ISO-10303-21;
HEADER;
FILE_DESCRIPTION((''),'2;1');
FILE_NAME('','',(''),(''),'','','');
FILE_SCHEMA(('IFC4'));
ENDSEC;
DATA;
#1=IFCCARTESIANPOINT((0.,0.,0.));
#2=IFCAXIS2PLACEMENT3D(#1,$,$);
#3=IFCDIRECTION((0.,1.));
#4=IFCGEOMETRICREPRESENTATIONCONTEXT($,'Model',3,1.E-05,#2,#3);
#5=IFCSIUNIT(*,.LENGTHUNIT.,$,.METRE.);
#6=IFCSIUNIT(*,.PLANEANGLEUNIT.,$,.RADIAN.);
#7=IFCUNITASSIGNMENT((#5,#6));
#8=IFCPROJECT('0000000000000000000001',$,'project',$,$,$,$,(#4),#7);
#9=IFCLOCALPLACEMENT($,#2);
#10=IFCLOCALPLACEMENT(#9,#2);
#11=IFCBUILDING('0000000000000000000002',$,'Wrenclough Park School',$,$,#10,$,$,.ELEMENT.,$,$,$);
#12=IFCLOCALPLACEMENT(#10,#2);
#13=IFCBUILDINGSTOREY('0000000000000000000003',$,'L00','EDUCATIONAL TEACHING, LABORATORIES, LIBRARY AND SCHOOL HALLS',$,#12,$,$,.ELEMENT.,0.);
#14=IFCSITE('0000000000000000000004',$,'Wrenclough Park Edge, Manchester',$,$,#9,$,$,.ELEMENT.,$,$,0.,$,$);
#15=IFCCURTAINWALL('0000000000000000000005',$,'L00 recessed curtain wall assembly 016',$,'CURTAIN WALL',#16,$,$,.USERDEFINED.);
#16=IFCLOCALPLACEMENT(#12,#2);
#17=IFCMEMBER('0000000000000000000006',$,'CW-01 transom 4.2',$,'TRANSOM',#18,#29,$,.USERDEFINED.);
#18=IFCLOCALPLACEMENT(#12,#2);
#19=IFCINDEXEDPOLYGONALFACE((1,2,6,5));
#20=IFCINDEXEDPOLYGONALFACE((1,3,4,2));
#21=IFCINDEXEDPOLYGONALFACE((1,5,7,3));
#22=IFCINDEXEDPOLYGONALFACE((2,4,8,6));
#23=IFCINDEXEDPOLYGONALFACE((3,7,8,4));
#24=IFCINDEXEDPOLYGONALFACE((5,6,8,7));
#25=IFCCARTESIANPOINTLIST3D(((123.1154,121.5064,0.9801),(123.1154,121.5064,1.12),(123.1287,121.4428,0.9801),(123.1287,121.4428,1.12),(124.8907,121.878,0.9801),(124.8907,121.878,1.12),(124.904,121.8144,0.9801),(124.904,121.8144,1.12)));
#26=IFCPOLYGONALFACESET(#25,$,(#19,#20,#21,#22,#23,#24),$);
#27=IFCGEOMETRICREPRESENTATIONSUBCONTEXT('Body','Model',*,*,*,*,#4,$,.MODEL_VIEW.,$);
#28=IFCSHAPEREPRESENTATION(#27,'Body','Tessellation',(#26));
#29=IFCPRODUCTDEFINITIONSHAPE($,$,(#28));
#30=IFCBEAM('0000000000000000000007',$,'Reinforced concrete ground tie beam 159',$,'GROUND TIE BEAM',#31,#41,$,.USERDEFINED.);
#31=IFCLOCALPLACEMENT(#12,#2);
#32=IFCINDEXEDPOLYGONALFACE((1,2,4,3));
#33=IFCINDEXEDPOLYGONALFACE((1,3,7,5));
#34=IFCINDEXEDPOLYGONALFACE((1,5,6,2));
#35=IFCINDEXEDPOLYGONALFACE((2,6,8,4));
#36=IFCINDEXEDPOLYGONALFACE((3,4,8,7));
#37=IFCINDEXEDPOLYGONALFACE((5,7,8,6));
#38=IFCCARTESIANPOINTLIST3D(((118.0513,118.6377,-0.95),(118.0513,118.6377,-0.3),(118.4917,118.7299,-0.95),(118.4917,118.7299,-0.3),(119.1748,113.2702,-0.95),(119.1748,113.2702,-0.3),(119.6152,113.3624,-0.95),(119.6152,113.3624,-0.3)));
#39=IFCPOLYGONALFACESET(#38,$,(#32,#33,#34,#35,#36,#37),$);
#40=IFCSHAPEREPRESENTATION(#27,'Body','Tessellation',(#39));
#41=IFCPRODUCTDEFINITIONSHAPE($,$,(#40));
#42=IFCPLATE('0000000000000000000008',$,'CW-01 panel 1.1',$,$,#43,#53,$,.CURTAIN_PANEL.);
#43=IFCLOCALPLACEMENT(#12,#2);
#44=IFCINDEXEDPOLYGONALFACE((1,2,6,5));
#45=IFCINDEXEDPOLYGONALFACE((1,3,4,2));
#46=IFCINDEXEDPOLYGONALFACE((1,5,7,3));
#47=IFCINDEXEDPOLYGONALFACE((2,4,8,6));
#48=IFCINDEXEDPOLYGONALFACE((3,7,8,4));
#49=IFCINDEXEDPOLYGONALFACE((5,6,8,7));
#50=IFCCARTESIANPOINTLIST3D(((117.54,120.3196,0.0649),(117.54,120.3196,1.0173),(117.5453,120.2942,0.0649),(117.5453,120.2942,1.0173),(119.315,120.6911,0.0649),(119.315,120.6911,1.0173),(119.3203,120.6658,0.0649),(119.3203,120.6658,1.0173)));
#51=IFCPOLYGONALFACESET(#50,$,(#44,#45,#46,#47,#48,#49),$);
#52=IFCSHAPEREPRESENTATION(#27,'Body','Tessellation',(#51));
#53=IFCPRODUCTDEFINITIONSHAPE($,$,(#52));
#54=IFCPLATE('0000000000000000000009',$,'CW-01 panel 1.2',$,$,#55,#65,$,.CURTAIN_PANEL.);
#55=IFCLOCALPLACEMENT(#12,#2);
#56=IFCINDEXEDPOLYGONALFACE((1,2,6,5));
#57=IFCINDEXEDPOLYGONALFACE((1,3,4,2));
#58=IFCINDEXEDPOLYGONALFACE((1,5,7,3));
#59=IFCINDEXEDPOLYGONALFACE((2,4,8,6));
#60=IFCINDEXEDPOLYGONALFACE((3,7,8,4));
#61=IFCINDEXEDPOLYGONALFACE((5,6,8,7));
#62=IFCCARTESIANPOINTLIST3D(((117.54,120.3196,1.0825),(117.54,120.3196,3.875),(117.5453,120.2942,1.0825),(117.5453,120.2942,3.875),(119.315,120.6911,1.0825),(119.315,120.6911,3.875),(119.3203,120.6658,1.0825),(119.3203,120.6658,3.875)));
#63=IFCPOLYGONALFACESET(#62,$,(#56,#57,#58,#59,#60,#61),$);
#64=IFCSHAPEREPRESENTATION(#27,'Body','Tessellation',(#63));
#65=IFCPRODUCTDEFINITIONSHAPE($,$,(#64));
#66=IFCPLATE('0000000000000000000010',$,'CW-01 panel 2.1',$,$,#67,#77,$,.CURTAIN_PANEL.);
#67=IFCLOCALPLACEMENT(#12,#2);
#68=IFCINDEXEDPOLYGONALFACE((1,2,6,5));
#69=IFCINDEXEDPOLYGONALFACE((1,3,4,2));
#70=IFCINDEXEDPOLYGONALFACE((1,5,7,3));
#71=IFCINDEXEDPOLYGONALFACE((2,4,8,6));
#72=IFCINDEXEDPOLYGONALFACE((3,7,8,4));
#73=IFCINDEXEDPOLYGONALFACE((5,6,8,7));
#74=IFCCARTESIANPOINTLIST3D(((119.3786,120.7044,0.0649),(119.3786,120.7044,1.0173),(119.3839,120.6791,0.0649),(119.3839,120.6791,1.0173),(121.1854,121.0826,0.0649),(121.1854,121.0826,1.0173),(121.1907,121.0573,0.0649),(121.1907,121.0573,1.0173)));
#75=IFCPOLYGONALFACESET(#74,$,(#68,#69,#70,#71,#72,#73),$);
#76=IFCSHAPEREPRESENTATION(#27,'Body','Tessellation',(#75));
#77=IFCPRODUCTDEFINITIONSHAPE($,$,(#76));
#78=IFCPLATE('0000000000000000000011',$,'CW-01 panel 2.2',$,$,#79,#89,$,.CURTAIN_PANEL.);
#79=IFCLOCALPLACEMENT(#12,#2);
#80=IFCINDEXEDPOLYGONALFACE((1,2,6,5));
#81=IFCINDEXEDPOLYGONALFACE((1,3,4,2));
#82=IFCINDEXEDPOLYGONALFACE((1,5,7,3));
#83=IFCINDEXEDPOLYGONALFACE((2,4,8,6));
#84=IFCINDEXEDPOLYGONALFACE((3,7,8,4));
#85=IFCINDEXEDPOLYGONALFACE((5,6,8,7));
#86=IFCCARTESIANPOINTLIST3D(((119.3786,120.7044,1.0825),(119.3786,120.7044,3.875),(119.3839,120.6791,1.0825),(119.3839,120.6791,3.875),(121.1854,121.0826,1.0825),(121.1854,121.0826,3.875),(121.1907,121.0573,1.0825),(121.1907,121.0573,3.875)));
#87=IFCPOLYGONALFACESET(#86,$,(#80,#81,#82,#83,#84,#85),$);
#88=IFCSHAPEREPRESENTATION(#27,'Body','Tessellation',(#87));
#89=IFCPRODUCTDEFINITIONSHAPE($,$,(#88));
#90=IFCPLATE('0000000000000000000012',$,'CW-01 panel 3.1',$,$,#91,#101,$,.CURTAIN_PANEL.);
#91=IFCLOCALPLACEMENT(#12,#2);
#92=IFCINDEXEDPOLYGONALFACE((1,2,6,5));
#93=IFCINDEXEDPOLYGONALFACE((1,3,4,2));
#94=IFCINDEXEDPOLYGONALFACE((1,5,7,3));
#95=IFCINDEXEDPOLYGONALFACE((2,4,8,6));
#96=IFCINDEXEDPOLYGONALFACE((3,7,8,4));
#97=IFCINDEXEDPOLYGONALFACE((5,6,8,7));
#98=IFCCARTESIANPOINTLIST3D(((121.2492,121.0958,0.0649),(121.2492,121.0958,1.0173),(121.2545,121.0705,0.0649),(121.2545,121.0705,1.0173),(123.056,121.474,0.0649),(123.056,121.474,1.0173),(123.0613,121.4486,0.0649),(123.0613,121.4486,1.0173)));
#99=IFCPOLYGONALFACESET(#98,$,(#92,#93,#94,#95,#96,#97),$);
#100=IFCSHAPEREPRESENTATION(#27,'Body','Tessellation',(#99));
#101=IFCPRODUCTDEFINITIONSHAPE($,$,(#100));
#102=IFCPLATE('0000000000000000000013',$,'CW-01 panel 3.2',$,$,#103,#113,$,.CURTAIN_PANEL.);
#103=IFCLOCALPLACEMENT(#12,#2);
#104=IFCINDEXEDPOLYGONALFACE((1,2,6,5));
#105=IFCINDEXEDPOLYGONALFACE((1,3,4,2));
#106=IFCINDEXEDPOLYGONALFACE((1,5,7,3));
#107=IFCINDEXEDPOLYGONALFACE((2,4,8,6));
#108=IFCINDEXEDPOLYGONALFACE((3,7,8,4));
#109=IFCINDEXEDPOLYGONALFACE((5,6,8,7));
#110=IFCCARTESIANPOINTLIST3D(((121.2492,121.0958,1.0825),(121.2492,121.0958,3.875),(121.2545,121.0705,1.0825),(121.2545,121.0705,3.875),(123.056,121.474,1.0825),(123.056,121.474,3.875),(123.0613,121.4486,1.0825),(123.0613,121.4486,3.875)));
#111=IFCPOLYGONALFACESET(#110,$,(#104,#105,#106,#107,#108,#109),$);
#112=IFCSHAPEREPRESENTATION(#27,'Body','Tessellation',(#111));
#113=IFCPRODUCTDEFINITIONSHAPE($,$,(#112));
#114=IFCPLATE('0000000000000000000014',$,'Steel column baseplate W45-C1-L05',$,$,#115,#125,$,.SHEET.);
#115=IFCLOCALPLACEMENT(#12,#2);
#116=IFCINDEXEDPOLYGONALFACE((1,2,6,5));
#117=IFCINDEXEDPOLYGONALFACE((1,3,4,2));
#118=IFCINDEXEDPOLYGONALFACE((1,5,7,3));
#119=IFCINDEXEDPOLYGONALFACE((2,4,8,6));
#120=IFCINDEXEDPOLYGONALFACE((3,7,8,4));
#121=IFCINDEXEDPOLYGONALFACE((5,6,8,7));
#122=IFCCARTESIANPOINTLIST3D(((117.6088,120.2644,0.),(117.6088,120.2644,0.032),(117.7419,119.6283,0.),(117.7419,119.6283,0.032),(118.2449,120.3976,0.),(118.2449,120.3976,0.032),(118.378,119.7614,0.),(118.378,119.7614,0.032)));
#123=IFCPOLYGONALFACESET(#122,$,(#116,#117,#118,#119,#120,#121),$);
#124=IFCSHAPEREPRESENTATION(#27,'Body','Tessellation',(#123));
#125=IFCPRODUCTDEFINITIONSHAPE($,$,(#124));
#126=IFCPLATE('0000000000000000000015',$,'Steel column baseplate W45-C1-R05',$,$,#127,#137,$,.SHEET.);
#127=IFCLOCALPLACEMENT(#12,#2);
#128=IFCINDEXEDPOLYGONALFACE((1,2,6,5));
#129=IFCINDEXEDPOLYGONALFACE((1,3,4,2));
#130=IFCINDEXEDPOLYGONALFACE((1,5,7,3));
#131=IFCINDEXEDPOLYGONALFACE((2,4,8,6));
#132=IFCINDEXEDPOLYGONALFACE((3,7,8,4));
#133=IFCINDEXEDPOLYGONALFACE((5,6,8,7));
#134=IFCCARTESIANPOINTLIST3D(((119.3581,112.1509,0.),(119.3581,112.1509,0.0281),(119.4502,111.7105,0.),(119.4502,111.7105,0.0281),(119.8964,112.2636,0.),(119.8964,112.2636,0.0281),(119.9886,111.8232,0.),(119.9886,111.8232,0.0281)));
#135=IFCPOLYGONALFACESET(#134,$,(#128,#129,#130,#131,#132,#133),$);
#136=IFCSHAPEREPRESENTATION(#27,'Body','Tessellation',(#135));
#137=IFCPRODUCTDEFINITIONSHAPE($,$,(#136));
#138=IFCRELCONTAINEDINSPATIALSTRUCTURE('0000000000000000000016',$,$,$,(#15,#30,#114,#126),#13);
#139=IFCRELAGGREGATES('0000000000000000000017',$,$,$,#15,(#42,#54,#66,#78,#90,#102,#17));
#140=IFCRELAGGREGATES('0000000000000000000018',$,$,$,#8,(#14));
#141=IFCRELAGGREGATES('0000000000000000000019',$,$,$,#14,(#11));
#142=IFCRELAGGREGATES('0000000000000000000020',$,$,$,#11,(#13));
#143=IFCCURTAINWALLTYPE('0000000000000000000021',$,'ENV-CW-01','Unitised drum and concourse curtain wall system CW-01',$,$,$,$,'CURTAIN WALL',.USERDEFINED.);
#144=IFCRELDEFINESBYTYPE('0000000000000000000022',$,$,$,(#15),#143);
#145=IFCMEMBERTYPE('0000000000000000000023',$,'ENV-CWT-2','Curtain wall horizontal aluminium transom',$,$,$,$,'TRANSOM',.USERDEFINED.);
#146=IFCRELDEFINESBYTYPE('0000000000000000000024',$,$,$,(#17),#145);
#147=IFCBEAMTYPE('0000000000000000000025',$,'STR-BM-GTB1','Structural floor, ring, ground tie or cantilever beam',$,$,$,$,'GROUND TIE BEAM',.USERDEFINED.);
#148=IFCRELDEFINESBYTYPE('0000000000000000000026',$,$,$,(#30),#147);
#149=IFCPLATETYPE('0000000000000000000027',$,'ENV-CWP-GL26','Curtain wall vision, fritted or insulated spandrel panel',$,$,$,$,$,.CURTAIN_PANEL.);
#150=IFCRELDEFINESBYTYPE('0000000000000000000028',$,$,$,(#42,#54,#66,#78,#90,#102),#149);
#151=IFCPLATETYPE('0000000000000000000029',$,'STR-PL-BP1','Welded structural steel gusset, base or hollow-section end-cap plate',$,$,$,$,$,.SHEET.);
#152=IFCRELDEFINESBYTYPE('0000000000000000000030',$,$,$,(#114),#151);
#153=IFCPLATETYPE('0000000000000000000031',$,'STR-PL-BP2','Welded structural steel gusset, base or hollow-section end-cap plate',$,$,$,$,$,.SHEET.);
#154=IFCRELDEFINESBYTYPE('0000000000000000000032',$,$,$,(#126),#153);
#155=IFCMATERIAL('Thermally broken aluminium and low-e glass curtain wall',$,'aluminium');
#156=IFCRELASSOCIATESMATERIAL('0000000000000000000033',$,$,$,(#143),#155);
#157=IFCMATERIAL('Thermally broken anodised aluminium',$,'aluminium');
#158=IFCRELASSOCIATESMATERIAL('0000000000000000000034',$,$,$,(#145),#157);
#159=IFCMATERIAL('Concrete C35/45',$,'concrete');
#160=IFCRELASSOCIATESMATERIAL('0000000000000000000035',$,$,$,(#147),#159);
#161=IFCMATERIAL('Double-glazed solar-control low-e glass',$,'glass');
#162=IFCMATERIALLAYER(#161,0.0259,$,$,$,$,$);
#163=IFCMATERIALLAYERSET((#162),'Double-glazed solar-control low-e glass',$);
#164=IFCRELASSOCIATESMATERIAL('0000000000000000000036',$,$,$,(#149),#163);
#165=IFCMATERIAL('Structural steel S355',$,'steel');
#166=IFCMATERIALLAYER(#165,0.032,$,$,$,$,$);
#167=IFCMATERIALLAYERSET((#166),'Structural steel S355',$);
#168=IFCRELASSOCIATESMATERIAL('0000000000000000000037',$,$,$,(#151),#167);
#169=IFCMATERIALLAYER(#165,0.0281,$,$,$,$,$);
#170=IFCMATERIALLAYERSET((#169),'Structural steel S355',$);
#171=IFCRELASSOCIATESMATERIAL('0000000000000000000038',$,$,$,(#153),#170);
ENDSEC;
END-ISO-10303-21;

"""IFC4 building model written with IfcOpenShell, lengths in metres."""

from ifc_helpers import new_model, si_unit, direction, frame, origin, origin_2d, place, context, subcontext, project, spatial, rectangle, extrude, material, layer, layer_set, material_profile, profile_set, type_object, element, aggregate, save


model = new_model("IFC4")

# Units and contexts
model_context = context("Model", 3, precision=1e-05, world=origin(), true_north=direction((0.0, 1.0)))
body_context = subcontext(model_context, "Body", "Model", "MODEL_VIEW")
ifc_project = project(units=[si_unit("LENGTHUNIT", "METRE"), si_unit("PLANEANGLEUNIT", "RADIAN")], contexts=[model_context])

# Site, building, storey
site_placement = place(None, origin())
site = spatial("IfcSite", under=ifc_project, at=site_placement, Name="Wrenclough Park Edge, Manchester", CompositionType="ELEMENT", RefElevation=0.0)
building_placement = place(site_placement, origin())
building = spatial("IfcBuilding", under=site, at=building_placement, Name="Wrenclough Park School", CompositionType="ELEMENT")
storey_placement = place(building_placement, origin())
storey = spatial("IfcBuildingStorey", under=building, at=storey_placement, Name="L00", Description="EDUCATIONAL TEACHING, LABORATORIES, LIBRARY AND SCHOOL HALLS", CompositionType="ELEMENT", Elevation=0.0)

# Shared definitions
ifc_material_1 = material(Name="Concrete C35/45", Category="concrete")

# Shared definitions
ifc_material_2 = material(Name="Structural steel S355", Category="steel")

# Curtain wall, member
ifc_material_3 = material(Name="Thermally broken aluminium and low-e glass curtain wall", Category="aluminium")
curtain_wall_type = type_object("IfcCurtainWallType", Name="ENV-CW-01", Description="Unitised drum and concourse curtain wall system CW-01", ElementType="CURTAIN WALL", PredefinedType="USERDEFINED", material=ifc_material_3)
curtain_wall_placement = place(storey_placement, origin())
curtain_wall = element("IfcCurtainWall", 1, at=curtain_wall_placement, inside=storey, type_object=curtain_wall_type, Name="L00 recessed curtain wall assembly 016", ObjectType="CURTAIN WALL", PredefinedType="USERDEFINED")
ifc_material_4 = material(Name="Thermally broken anodised aluminium", Category="aluminium")
ifc_material_profile_1 = material_profile(ifc_material_4, rectangle(XDim=0.0649, YDim=0.1399, at=origin_2d()), Name="AL TRANSOM 65x140")
ifc_profile_set_1 = profile_set([ifc_material_profile_1], Name="Thermally broken anodised aluminium")
member_type_1 = type_object("IfcMemberType", Name="ENV-CWT-2", Description="Curtain wall horizontal aluminium transom", ElementType="TRANSOM", PredefinedType="USERDEFINED", material=ifc_profile_set_1)
member_1_placement = place(storey_placement, frame((123.1221, 121.4746, 1.05), z_axis=(0.978786, 0.204884, 0.0), x_axis=(-0.204884, 0.978786, 0.0)))
member_1 = element("IfcMember", 2, at=member_1_placement, type_object=member_type_1, Name="CW-01 transom 4.2", ObjectType="TRANSOM", PredefinedType="USERDEFINED", context=body_context, shape_type="SweptSolid", body=[
    extrude(rectangle(XDim=0.0649, YDim=0.1399, at=origin_2d()), origin(), (0.0, 0.0, 1.0), 1.8137),
])

# Beam
ifc_material_profile_2 = material_profile(ifc_material_1, rectangle(XDim=0.45, YDim=0.6499, at=origin_2d()), Name="RC GROUND 450x650")
ifc_profile_set_2 = profile_set([ifc_material_profile_2], Name="Concrete C35/45")
beam_type = type_object("IfcBeamType", Name="STR-BM-GTB1", Description="Structural floor, ring, ground tie or cantilever beam", ElementType="GROUND TIE BEAM", PredefinedType="USERDEFINED", material=ifc_profile_set_2)
beam_placement = place(storey_placement, frame((118.2715, 118.6838, -0.625), z_axis=(0.204875, -0.978788, 0.0), x_axis=(0.978788, 0.204875, 0.0)))
element("IfcBeam", 3, at=beam_placement, inside=storey, type_object=beam_type, Name="Reinforced concrete ground tie beam 159", ObjectType="GROUND TIE BEAM", PredefinedType="USERDEFINED", context=body_context, shape_type="SweptSolid", body=[
    extrude(rectangle(XDim=0.45, YDim=0.6499, at=origin_2d()), origin(), (0.0, 0.0, 1.0), 5.4839),
])

# Plates
ifc_material_5 = material(Name="Double-glazed solar-control low-e glass", Category="glass")
ifc_layer_1 = layer(ifc_material_5, 0.0259)
ifc_layer_set_1 = layer_set([ifc_layer_1], Name="Double-glazed solar-control low-e glass")
plate_type_1 = type_object("IfcPlateType", Name="ENV-CWP-GL26", Description="Curtain wall vision, fritted or insulated spandrel panel", PredefinedType="CURTAIN_PANEL", material=ifc_layer_set_1)
plate_1_placement = place(storey_placement, frame((118.4302, 120.4927, 0.0649), z_axis=(0.0, 0.0, 1.0), x_axis=(0.978789, 0.204871, 0.0)))
plate_1 = element("IfcPlate", 4, at=plate_1_placement, type_object=plate_type_1, Name="CW-01 panel 1.1", PredefinedType="CURTAIN_PANEL", context=body_context, shape_type="SweptSolid", body=[
    extrude(rectangle(XDim=1.8135, YDim=0.0259, at=origin_2d()), origin(), (0.0, 0.0, 1.0), 0.9524),
])
plate_2_placement = place(storey_placement, frame((118.4302, 120.4927, 1.0825), z_axis=(0.0, 0.0, 1.0), x_axis=(0.978789, 0.204871, 0.0)))
plate_2 = element("IfcPlate", 5, at=plate_2_placement, type_object=plate_type_1, Name="CW-01 panel 1.2", PredefinedType="CURTAIN_PANEL", context=body_context, shape_type="SweptSolid", body=[
    extrude(rectangle(XDim=1.8135, YDim=0.0259, at=origin_2d()), origin(), (0.0, 0.0, 1.0), 2.7925),
])
plate_3_placement = place(storey_placement, frame((120.2847, 120.8809, 0.0649), z_axis=(0.0, 0.0, 1.0), x_axis=(0.978789, 0.204871, 0.0)))
plate_3 = element("IfcPlate", 6, at=plate_3_placement, type_object=plate_type_1, Name="CW-01 panel 2.1", PredefinedType="CURTAIN_PANEL", context=body_context, shape_type="SweptSolid", body=[
    extrude(rectangle(XDim=1.8459, YDim=0.0259, at=origin_2d()), origin(), (0.0, 0.0, 1.0), 0.9524),
])
plate_4_placement = place(storey_placement, frame((120.2847, 120.8809, 1.0825), z_axis=(0.0, 0.0, 1.0), x_axis=(0.978789, 0.204871, 0.0)))
plate_4 = element("IfcPlate", 7, at=plate_4_placement, type_object=plate_type_1, Name="CW-01 panel 2.2", PredefinedType="CURTAIN_PANEL", context=body_context, shape_type="SweptSolid", body=[
    extrude(rectangle(XDim=1.8459, YDim=0.0259, at=origin_2d()), origin(), (0.0, 0.0, 1.0), 2.7925),
])
plate_5_placement = place(storey_placement, frame((122.1553, 121.2722, 0.0649), z_axis=(0.0, 0.0, 1.0), x_axis=(0.978789, 0.204871, 0.0)))
plate_5 = element("IfcPlate", 8, at=plate_5_placement, type_object=plate_type_1, Name="CW-01 panel 3.1", PredefinedType="CURTAIN_PANEL", context=body_context, shape_type="SweptSolid", body=[
    extrude(rectangle(XDim=1.8459, YDim=0.0259, at=origin_2d()), origin(), (0.0, 0.0, 1.0), 0.9524),
])
plate_6_placement = place(storey_placement, frame((122.1553, 121.2722, 1.0825), z_axis=(0.0, 0.0, 1.0), x_axis=(0.978789, 0.204871, 0.0)))
plate_6 = element("IfcPlate", 9, at=plate_6_placement, type_object=plate_type_1, Name="CW-01 panel 3.2", PredefinedType="CURTAIN_PANEL", context=body_context, shape_type="SweptSolid", body=[
    extrude(rectangle(XDim=1.8459, YDim=0.0259, at=origin_2d()), origin(), (0.0, 0.0, 1.0), 2.7925),
])
aggregate(curtain_wall, [plate_1, plate_2, plate_3, plate_4, plate_5, plate_6, member_1])

# Plates
ifc_layer_2 = layer(ifc_material_2, 0.032)
ifc_layer_set_2 = layer_set([ifc_layer_2], Name="Structural steel S355")
plate_type_2 = type_object("IfcPlateType", Name="STR-PL-BP1", Description="Welded structural steel gusset, base or hollow-section end-cap plate", PredefinedType="SHEET", material=ifc_layer_set_2)
plate_7_placement = place(storey_placement, frame((117.9934, 120.0129, 0.0), z_axis=(0.0, 0.0, 1.0), x_axis=(0.978796, 0.204838, 0.0)))
element("IfcPlate", 10, at=plate_7_placement, inside=storey, type_object=plate_type_2, Name="Steel column baseplate W45-C1-L05", PredefinedType="SHEET", context=body_context, shape_type="SweptSolid", body=[
    extrude(rectangle(XDim=0.6499, YDim=0.6499, at=origin_2d()), origin(), (0.0, 0.0, 1.0), 0.032),
])
ifc_layer_3 = layer(ifc_material_2, 0.0281)
ifc_layer_set_3 = layer_set([ifc_layer_3], Name="Structural steel S355")
plate_type_3 = type_object("IfcPlateType", Name="STR-PL-BP2", Description="Welded structural steel gusset, base or hollow-section end-cap plate", PredefinedType="SHEET", material=ifc_layer_set_3)
plate_8_placement = place(storey_placement, frame((119.6733, 111.9871, 0.0), z_axis=(0.0, 0.0, 1.0), x_axis=(0.978796, 0.204838, 0.0)))
element("IfcPlate", 11, at=plate_8_placement, inside=storey, type_object=plate_type_3, Name="Steel column baseplate W45-C1-R05", PredefinedType="SHEET", context=body_context, shape_type="SweptSolid", body=[
    extrude(rectangle(XDim=0.55, YDim=0.45, at=origin_2d()), origin(), (0.0, 0.0, 1.0), 0.0281),
])

save(model, "model.ifc")
